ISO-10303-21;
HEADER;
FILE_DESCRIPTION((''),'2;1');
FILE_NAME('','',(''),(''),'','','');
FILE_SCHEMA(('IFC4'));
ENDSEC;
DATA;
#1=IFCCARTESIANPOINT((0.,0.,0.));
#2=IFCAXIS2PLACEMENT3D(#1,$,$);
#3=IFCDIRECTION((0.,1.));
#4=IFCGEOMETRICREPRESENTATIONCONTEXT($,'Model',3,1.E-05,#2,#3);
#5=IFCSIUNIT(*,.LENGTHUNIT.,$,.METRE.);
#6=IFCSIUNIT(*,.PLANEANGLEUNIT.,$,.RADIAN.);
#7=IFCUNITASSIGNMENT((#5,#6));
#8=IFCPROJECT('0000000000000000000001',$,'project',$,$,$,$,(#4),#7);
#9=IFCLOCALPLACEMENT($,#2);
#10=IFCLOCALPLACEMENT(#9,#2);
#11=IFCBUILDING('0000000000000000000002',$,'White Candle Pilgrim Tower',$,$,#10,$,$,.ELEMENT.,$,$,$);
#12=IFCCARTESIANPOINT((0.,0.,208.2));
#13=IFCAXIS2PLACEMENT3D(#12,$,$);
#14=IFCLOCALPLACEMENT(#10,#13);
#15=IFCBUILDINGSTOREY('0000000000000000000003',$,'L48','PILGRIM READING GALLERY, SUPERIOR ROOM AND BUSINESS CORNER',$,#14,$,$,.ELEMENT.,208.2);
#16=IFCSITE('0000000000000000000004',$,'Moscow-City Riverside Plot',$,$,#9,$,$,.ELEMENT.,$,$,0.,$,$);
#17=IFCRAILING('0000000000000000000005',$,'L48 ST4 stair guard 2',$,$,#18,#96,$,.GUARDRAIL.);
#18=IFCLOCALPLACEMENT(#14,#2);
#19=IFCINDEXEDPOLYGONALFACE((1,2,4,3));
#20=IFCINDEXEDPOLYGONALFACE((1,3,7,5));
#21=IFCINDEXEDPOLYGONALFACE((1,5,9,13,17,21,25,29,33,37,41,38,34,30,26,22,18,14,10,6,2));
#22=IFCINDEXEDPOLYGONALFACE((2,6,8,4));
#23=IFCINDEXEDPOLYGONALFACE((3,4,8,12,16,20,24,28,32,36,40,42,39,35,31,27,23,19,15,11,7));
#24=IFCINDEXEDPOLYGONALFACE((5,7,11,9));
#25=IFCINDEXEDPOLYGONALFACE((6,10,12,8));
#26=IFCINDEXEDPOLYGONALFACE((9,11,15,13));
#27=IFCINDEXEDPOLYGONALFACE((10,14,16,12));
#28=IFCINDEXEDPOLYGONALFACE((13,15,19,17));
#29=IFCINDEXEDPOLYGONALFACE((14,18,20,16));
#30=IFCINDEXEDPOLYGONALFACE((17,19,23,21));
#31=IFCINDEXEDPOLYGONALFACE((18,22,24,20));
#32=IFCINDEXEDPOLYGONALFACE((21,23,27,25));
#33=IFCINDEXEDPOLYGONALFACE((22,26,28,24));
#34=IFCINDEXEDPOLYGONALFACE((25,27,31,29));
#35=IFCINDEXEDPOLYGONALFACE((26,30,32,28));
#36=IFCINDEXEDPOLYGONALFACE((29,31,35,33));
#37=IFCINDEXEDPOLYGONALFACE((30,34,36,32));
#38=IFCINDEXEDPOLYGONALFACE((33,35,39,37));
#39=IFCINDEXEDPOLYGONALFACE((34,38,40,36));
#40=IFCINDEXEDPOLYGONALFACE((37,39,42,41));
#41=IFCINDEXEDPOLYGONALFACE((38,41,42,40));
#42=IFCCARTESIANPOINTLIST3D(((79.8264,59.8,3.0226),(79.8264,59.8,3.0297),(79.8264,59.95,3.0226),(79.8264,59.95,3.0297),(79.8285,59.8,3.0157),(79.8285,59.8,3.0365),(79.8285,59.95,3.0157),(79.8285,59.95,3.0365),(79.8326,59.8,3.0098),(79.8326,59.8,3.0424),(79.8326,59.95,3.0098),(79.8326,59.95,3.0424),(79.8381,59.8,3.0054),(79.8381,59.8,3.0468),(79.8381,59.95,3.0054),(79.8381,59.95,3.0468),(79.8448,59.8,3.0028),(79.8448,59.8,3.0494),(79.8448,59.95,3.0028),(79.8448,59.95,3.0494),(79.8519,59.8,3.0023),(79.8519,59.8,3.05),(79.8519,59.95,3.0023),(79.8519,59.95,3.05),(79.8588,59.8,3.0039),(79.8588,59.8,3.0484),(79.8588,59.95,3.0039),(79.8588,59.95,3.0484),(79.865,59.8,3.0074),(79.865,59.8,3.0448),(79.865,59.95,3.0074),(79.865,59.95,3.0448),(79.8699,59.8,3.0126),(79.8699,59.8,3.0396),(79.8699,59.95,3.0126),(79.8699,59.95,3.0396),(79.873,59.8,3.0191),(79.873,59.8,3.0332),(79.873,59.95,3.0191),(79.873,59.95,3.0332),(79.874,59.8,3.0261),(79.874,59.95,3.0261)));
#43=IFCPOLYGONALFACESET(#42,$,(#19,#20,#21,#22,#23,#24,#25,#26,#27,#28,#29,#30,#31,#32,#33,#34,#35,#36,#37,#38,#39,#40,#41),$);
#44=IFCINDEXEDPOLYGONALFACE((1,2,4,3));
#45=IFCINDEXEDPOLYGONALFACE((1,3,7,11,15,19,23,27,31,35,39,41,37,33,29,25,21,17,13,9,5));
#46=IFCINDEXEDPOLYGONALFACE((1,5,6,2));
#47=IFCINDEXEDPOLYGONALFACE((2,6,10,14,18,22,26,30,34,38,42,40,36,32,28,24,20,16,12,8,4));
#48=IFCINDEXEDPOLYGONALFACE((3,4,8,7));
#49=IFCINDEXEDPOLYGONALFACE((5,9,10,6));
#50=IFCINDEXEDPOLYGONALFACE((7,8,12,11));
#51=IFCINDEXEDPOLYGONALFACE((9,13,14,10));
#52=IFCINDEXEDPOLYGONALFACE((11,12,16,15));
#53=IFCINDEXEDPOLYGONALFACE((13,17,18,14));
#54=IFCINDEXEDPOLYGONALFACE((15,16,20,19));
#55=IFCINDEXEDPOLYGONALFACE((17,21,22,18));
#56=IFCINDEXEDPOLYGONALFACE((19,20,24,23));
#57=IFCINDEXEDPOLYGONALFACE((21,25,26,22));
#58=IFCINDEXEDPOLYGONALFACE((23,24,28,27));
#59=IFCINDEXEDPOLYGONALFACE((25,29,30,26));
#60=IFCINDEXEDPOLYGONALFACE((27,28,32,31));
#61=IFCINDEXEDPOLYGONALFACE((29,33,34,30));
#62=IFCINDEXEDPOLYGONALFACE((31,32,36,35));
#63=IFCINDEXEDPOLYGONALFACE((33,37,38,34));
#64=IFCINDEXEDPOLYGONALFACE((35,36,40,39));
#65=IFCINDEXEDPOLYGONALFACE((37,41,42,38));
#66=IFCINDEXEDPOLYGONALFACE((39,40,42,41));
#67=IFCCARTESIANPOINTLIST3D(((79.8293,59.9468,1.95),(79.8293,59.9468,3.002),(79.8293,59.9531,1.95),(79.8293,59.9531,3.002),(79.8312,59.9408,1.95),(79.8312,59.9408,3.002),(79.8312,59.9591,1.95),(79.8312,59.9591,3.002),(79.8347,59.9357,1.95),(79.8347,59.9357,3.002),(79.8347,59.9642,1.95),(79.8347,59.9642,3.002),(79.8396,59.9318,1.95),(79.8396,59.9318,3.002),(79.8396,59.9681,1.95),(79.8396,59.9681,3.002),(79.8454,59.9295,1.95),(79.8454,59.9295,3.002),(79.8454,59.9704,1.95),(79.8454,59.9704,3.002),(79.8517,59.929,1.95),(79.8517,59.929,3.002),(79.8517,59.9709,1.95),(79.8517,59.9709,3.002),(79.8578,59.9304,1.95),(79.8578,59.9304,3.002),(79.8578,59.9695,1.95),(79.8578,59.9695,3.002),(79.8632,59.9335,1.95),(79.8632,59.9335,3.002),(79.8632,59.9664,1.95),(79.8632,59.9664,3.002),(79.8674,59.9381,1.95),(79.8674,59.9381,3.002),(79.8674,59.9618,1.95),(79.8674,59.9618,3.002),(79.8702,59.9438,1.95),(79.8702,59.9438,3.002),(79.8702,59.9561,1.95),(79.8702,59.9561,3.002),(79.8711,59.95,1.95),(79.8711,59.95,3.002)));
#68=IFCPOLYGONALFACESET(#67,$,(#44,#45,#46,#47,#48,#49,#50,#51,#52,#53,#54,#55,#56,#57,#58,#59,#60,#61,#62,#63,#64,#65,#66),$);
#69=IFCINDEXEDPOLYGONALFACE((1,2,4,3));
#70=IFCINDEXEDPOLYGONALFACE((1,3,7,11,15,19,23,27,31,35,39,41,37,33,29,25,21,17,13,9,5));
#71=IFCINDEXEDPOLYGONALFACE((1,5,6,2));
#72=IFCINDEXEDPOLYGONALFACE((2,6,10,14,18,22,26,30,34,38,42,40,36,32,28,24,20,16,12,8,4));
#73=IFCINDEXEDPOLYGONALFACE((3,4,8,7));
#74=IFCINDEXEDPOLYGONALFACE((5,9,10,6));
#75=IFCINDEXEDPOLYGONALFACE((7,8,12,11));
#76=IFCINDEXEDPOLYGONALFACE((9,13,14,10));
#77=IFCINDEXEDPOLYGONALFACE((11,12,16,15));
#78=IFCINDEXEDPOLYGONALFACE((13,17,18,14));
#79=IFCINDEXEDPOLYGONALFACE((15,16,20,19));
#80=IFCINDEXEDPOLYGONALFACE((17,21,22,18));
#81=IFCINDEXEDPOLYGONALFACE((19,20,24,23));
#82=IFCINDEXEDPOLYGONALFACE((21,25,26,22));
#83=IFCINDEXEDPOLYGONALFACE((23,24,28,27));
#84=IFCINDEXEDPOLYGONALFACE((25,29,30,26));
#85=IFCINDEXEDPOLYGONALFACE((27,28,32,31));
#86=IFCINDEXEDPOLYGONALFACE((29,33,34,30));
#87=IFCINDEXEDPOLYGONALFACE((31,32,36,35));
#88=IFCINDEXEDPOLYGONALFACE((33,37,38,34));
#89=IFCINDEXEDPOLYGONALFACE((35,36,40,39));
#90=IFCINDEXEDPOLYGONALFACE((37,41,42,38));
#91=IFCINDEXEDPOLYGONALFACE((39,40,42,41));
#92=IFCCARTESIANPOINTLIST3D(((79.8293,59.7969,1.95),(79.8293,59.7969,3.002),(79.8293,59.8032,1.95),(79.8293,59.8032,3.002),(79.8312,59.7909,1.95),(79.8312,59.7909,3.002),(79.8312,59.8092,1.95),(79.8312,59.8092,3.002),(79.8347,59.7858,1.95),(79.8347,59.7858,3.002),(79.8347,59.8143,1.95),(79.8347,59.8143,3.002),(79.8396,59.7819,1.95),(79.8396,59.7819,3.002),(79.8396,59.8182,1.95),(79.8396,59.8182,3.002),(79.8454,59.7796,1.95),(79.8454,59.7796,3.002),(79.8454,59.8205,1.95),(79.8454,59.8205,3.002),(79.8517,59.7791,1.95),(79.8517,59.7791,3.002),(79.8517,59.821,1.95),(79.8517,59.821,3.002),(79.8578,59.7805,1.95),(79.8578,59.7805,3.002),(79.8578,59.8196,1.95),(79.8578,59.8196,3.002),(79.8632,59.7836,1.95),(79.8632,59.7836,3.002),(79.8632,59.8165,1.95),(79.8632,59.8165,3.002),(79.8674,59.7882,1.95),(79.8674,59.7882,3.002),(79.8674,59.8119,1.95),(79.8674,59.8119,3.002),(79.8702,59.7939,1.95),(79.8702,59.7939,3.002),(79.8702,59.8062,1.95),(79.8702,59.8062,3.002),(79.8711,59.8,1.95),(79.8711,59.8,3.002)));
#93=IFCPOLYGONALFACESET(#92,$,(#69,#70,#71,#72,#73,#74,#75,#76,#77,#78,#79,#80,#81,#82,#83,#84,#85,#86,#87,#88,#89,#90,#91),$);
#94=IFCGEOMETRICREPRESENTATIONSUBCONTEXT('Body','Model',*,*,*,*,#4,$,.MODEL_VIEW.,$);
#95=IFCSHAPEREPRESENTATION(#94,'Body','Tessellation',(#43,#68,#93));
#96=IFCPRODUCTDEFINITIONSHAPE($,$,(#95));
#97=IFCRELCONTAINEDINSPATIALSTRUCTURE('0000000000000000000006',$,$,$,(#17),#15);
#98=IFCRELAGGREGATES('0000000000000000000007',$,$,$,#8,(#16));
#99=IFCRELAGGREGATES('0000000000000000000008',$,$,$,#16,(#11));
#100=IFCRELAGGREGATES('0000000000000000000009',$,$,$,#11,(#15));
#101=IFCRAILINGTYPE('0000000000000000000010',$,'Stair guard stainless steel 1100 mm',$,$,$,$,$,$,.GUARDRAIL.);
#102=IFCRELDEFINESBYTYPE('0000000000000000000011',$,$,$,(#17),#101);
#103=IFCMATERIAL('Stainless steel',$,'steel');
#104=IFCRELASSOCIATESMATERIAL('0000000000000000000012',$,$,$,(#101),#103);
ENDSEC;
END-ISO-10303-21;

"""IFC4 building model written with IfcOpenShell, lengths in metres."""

from ifc_helpers import new_model, si_unit, direction, frame, origin, origin_2d, place, context, subcontext, project, spatial, circle, extrude, material, type_object, element, save


model = new_model("IFC4")

# Units and contexts
model_context = context("Model", 3, precision=1e-05, world=origin(), true_north=direction((0.0, 1.0)))
body_context = subcontext(model_context, "Body", "Model", "MODEL_VIEW")
ifc_project = project(units=[si_unit("LENGTHUNIT", "METRE"), si_unit("PLANEANGLEUNIT", "RADIAN")], contexts=[model_context])

# Site, building, storey
site_placement = place(None, origin())
site = spatial("IfcSite", under=ifc_project, at=site_placement, Name="Moscow-City Riverside Plot", CompositionType="ELEMENT", RefElevation=0.0)
building_placement = place(site_placement, origin())
building = spatial("IfcBuilding", under=site, at=building_placement, Name="White Candle Pilgrim Tower", CompositionType="ELEMENT")
storey_placement = place(building_placement, frame((0.0, 0.0, 208.2)))
storey = spatial("IfcBuildingStorey", under=building, at=storey_placement, Name="L48", Description="PILGRIM READING GALLERY, SUPERIOR ROOM AND BUSINESS CORNER", CompositionType="ELEMENT", Elevation=208.2)

# Railing
ifc_material_1 = material(Name="Stainless steel", Category="steel")
railing_type_1 = type_object("IfcRailingType", Name="Stair guard stainless steel 1100 mm", PredefinedType="GUARDRAIL", material=ifc_material_1)
railing_1_placement = place(storey_placement, frame((79.8501, 59.95, 1.95)))
element("IfcRailing", 1, at=railing_1_placement, inside=storey, type_object=railing_type_1, Name="L48 ST4 stair guard 2", PredefinedType="GUARDRAIL", context=body_context, shape_type="SweptSolid", body=[
    extrude(circle(Radius=0.0239, at=origin_2d()), frame((0.0, 0.0, 1.0762), z_axis=(0.0, -1.0, 0.0), x_axis=(1.0, 0.0, 0.0)), (0.0, 0.0, 1.0), 0.1499),
    extrude(circle(Radius=0.021, at=origin_2d()), origin(), (0.0, 0.0, 1.0), 1.052),
    extrude(circle(Radius=0.021, at=origin_2d()), frame((0.0, -0.1499, 0.0)), (0.0, 0.0, 1.0), 1.052),
])

save(model, "model.ifc")
